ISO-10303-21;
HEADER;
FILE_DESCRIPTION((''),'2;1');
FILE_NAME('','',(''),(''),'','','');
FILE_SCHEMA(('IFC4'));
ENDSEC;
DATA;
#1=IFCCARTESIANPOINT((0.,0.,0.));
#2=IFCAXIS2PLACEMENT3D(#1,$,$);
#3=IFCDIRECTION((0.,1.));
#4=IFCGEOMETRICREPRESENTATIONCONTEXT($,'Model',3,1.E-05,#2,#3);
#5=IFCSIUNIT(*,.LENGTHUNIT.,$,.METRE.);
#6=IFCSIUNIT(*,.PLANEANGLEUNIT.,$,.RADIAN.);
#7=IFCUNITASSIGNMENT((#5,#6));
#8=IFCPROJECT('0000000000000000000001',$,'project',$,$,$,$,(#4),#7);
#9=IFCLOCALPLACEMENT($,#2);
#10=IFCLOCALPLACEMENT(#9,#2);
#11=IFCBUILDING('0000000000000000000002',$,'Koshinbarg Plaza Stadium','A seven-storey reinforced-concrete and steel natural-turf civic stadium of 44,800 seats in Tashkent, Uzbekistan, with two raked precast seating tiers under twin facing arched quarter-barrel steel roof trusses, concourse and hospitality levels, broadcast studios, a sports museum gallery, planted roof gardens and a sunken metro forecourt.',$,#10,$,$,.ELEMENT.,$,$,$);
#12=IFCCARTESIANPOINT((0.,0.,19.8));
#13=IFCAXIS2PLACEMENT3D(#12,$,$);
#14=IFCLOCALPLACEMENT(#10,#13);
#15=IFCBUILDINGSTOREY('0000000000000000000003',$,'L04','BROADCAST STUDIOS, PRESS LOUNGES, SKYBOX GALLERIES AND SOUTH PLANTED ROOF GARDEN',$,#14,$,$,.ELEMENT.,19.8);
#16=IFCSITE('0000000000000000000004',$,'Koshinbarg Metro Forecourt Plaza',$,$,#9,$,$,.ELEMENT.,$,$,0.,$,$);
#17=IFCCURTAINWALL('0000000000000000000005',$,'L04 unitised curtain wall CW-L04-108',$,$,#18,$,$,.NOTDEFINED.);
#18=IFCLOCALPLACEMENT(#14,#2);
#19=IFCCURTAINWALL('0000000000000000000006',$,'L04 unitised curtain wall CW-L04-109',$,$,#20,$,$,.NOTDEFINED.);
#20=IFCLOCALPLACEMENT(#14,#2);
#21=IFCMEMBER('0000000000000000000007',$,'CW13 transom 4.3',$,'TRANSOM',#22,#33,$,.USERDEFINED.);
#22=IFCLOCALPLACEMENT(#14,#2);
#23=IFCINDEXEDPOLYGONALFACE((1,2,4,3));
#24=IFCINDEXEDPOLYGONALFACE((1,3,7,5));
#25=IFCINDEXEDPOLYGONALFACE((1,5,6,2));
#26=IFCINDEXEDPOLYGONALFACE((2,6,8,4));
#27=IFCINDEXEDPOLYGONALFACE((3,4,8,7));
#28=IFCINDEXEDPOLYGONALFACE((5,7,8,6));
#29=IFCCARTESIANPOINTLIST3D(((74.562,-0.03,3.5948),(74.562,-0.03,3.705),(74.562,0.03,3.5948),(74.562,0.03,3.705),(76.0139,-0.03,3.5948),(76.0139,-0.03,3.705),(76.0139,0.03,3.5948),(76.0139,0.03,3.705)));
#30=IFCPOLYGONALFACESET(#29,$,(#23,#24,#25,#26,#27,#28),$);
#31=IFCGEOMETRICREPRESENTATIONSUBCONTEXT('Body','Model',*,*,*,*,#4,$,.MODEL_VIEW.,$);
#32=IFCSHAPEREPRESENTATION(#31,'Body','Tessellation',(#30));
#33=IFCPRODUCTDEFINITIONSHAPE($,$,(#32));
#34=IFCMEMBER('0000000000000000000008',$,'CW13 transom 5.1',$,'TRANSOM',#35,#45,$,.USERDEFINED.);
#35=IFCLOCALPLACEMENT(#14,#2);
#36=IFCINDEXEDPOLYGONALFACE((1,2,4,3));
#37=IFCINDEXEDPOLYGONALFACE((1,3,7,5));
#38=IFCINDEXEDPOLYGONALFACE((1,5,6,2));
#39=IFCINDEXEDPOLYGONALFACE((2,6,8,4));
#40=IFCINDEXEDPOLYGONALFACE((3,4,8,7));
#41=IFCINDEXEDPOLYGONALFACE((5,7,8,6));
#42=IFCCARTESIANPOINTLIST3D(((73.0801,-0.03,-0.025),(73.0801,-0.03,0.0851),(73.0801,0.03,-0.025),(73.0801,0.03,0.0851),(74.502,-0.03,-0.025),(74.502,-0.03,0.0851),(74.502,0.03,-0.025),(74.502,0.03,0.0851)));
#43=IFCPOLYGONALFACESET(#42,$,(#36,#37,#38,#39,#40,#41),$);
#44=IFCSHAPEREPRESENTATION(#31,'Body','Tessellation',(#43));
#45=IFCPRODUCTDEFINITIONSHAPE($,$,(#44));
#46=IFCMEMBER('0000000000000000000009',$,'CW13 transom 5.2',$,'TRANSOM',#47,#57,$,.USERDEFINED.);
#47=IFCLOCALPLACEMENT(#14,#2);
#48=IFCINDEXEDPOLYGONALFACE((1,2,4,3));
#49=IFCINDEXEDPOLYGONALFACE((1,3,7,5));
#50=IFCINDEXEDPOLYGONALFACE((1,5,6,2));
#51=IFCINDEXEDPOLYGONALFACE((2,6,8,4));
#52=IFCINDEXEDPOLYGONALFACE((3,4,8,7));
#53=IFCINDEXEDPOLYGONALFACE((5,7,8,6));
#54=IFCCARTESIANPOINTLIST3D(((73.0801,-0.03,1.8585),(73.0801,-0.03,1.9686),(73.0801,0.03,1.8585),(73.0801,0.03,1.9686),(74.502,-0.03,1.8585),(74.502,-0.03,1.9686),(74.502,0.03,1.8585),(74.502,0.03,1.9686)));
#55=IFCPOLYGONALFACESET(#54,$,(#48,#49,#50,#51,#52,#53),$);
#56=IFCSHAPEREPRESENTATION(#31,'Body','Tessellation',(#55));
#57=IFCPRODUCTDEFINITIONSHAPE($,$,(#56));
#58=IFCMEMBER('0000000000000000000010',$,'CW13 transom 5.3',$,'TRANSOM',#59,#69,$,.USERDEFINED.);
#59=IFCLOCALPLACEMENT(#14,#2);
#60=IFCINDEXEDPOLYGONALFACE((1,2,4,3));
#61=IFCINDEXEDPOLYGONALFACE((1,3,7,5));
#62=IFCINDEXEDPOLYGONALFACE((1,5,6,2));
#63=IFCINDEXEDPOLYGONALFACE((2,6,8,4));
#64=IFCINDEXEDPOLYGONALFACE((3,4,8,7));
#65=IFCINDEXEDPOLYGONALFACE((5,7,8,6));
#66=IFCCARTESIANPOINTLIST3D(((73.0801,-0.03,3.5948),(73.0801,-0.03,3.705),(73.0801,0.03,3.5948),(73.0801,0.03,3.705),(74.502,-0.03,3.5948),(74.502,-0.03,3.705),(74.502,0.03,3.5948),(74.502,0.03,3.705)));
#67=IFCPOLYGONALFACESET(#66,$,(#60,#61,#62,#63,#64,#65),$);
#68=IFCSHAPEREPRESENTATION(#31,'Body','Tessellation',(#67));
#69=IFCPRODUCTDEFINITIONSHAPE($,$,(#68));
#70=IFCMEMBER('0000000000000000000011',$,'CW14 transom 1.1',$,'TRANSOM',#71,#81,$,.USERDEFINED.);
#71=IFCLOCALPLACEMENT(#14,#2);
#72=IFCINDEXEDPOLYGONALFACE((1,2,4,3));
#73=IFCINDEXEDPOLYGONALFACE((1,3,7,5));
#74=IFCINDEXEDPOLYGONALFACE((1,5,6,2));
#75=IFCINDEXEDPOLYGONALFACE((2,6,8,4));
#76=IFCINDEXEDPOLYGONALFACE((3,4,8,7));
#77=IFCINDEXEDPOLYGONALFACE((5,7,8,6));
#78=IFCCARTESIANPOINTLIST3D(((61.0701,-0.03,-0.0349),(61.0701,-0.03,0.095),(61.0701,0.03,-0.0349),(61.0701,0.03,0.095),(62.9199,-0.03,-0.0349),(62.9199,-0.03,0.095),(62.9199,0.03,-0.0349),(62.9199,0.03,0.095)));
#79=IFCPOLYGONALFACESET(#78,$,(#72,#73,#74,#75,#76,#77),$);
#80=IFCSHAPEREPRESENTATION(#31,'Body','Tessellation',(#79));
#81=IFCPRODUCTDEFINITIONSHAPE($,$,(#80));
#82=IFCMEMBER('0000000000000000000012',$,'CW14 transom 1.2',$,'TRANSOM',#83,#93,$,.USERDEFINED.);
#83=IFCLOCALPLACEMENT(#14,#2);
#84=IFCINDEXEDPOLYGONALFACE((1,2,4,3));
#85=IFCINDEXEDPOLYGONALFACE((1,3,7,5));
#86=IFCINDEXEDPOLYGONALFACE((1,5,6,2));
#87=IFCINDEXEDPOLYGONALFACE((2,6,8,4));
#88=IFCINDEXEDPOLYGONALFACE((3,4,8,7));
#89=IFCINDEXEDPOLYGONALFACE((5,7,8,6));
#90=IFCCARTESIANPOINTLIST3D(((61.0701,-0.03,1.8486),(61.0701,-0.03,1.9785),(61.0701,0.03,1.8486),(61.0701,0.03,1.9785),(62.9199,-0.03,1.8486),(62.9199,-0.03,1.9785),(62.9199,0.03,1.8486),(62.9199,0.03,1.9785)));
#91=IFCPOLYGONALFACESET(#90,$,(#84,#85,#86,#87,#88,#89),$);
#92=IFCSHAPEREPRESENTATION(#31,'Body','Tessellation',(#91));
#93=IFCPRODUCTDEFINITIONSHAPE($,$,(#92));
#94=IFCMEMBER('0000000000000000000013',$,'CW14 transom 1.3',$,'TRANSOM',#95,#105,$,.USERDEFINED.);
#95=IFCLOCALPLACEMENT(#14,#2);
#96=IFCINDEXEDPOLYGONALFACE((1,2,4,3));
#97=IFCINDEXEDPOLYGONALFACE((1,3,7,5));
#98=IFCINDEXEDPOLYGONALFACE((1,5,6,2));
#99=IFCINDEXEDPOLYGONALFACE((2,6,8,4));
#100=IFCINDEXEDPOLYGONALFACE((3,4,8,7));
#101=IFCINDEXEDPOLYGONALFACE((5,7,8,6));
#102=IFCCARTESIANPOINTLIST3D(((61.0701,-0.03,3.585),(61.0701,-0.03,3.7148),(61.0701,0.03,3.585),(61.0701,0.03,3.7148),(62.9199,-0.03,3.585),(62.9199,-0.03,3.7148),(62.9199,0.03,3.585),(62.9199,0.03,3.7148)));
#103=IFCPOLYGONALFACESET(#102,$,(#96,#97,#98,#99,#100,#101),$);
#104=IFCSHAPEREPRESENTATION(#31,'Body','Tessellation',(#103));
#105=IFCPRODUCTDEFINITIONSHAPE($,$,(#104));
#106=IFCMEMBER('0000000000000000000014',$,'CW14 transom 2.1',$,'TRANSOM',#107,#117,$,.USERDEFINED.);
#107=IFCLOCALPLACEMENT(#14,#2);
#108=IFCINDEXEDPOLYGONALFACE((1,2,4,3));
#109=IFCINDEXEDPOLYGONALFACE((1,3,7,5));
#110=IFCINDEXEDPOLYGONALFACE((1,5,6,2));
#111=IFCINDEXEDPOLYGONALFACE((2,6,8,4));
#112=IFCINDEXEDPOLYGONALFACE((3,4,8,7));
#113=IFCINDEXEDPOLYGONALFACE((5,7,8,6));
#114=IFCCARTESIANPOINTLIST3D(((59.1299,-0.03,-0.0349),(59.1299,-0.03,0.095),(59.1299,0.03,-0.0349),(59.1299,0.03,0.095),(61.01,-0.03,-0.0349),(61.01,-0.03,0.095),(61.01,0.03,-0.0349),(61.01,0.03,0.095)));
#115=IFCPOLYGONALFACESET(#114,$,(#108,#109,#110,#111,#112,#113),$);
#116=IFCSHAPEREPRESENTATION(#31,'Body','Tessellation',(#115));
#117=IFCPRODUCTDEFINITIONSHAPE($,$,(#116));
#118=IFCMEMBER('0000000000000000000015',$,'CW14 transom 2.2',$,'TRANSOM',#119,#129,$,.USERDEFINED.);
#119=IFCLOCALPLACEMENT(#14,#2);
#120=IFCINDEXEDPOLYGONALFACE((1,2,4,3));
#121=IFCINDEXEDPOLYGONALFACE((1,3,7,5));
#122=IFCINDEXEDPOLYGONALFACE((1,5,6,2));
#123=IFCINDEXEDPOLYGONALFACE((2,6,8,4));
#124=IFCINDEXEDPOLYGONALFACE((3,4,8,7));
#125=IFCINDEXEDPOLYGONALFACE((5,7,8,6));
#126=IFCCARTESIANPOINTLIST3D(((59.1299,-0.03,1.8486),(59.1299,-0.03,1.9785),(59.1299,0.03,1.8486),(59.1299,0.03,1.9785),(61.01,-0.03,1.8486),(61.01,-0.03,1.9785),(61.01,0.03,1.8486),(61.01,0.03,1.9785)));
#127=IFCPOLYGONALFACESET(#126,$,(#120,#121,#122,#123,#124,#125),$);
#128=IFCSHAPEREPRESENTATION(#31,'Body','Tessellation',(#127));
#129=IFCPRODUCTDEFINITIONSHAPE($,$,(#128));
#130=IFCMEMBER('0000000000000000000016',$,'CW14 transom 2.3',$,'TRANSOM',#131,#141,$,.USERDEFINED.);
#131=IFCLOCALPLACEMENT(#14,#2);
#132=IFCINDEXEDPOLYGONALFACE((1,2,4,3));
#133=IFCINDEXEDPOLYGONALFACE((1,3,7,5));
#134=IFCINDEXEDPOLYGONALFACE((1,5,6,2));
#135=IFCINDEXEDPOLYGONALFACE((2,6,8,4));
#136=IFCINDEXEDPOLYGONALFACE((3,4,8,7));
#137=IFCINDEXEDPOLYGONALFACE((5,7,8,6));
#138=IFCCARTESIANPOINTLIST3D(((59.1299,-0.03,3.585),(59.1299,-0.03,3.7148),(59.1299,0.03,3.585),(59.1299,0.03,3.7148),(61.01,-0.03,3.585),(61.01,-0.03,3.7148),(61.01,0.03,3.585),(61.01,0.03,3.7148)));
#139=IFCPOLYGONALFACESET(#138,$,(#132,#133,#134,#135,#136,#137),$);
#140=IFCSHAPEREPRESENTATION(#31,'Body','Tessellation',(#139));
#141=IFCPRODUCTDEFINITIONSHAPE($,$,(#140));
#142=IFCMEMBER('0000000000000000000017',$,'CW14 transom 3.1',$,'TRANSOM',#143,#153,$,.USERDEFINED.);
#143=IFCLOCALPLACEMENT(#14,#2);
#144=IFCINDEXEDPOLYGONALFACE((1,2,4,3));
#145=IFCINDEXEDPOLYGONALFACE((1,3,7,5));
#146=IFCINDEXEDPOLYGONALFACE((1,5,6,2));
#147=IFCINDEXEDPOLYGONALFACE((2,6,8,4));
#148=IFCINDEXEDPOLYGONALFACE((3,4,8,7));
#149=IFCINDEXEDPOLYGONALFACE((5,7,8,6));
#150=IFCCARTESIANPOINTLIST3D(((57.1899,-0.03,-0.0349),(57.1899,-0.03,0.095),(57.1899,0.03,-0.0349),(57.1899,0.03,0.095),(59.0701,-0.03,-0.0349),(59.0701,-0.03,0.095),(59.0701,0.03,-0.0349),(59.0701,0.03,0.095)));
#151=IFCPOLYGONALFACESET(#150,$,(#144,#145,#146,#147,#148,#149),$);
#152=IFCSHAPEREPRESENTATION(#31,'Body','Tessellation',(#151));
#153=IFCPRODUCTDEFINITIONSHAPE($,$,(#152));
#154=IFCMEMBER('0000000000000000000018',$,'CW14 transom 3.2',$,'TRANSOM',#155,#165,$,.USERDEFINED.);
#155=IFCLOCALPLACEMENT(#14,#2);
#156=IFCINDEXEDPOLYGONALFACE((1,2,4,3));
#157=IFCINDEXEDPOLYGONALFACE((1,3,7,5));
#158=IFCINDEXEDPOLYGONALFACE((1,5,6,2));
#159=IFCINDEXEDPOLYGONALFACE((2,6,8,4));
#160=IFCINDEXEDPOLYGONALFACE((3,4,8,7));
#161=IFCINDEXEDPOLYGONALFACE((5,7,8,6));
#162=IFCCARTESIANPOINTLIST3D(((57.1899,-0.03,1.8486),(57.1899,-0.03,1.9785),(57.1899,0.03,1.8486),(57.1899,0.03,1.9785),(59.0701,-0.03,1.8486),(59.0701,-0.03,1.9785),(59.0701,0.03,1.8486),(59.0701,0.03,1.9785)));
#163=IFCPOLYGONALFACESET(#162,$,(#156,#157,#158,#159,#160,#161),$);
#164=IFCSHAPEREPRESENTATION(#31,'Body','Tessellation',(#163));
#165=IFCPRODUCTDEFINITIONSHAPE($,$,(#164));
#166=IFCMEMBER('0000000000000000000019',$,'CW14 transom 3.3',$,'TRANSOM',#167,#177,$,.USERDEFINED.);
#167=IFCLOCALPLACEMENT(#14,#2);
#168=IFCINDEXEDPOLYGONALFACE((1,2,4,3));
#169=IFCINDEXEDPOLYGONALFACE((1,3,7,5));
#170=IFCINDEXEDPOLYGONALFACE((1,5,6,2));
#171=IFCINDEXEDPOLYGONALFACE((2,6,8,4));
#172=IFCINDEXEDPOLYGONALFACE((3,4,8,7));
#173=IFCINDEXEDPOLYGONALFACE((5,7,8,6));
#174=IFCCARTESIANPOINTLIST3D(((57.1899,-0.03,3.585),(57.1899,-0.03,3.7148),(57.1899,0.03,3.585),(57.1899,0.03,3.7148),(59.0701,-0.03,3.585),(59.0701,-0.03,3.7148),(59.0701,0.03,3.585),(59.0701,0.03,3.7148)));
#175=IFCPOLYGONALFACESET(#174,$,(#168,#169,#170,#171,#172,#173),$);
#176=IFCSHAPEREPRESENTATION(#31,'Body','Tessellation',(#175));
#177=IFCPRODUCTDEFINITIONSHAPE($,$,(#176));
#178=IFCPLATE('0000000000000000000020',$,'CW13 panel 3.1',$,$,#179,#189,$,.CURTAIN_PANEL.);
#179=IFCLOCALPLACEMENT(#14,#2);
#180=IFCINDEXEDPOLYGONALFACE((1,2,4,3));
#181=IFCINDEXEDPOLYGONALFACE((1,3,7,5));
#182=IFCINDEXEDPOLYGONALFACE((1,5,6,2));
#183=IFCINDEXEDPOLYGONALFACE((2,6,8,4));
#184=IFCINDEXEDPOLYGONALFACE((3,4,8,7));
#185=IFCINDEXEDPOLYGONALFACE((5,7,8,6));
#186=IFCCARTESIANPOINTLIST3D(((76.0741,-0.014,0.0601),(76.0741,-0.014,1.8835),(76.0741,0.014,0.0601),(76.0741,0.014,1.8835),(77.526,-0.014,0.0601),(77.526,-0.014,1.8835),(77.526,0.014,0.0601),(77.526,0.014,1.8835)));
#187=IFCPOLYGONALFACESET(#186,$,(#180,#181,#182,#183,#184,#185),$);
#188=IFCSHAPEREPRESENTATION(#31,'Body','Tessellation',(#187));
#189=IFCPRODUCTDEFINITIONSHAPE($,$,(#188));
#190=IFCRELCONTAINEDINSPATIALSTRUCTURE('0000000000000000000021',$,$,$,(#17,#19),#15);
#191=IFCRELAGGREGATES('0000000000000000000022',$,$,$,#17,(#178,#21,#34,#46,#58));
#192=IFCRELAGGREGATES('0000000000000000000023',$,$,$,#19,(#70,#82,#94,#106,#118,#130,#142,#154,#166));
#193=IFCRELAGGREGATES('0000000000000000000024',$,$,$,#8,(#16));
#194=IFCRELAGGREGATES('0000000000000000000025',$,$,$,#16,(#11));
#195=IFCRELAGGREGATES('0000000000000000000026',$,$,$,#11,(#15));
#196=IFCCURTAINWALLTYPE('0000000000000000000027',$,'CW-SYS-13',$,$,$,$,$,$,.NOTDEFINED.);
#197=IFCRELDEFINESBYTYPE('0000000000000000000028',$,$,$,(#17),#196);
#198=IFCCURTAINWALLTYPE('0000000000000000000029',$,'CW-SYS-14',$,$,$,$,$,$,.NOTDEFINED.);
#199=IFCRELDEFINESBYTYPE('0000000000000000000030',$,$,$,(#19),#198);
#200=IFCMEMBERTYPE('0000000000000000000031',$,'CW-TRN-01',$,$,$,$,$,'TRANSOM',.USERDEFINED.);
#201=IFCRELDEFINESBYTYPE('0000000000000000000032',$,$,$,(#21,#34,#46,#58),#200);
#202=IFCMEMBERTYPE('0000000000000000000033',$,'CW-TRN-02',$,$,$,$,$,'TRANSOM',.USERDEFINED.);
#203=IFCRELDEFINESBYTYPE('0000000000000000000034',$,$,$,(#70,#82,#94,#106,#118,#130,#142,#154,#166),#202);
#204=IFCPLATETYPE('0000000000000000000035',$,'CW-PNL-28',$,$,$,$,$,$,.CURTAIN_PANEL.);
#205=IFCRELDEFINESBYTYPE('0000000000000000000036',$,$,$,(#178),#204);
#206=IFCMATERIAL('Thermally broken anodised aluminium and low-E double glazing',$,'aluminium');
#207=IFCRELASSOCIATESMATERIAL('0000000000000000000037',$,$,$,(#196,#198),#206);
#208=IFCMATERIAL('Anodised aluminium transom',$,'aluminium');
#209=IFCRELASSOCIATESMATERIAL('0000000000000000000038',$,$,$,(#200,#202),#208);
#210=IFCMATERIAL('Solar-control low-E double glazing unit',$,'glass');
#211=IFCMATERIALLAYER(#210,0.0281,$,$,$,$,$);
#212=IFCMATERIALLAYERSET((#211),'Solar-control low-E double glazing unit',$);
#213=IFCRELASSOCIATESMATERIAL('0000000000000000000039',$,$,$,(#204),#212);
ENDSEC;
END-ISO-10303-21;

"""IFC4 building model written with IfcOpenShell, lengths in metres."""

from ifc_helpers import new_model, si_unit, direction, frame, origin, origin_2d, place, context, subcontext, project, spatial, rectangle, extrude, material, layer, layer_set, material_profile, profile_set, type_object, element, aggregate, save


model = new_model("IFC4")

# Units and contexts
model_context = context("Model", 3, precision=1e-05, world=origin(), true_north=direction((0.0, 1.0)))
body_context = subcontext(model_context, "Body", "Model", "MODEL_VIEW")
ifc_project = project(units=[si_unit("LENGTHUNIT", "METRE"), si_unit("PLANEANGLEUNIT", "RADIAN")], contexts=[model_context])

# Site, building, storey
site_placement = place(None, origin())
site = spatial("IfcSite", under=ifc_project, at=site_placement, Name="Koshinbarg Metro Forecourt Plaza", CompositionType="ELEMENT", RefElevation=0.0)
building_placement = place(site_placement, origin())
building = spatial("IfcBuilding", under=site, at=building_placement, Name="Koshinbarg Plaza Stadium", Description="A seven-storey reinforced-concrete and steel natural-turf civic stadium of 44,800 seats in Tashkent, Uzbekistan, with two raked precast seating tiers under twin facing arched quarter-barrel steel roof trusses, concourse and hospitality levels, broadcast studios, a sports museum gallery, planted roof gardens and a sunken metro forecourt.", CompositionType="ELEMENT")
storey_placement = place(building_placement, frame((0.0, 0.0, 19.8)))
storey = spatial("IfcBuildingStorey", under=building, at=storey_placement, Name="L04", Description="BROADCAST STUDIOS, PRESS LOUNGES, SKYBOX GALLERIES AND SOUTH PLANTED ROOF GARDEN", CompositionType="ELEMENT", Elevation=19.8)

# Curtain walls
ifc_material_1 = material(Name="Thermally broken anodised aluminium and low-E double glazing", Category="aluminium")
curtain_wall_type_1 = type_object("IfcCurtainWallType", Name="CW-SYS-13", PredefinedType="NOTDEFINED", material=ifc_material_1)
curtain_wall_1_placement = place(storey_placement, origin())
curtain_wall_1 = element("IfcCurtainWall", 1, at=curtain_wall_1_placement, inside=storey, type_object=curtain_wall_type_1, Name="L04 unitised curtain wall CW-L04-108", PredefinedType="NOTDEFINED")
curtain_wall_type_2 = type_object("IfcCurtainWallType", Name="CW-SYS-14", PredefinedType="NOTDEFINED", material=ifc_material_1)
curtain_wall_2_placement = place(storey_placement, origin())
curtain_wall_2 = element("IfcCurtainWall", 2, at=curtain_wall_2_placement, inside=storey, type_object=curtain_wall_type_2, Name="L04 unitised curtain wall CW-L04-109", PredefinedType="NOTDEFINED")

# Members
ifc_material_2 = material(Name="Anodised aluminium transom", Category="aluminium")
ifc_material_profile_1 = material_profile(ifc_material_2, rectangle(XDim=0.0601, YDim=0.1101, at=origin_2d()), Name="ALU 60x110")
ifc_profile_set_1 = profile_set([ifc_material_profile_1], Name="Anodised aluminium transom")
member_type_1 = type_object("IfcMemberType", Name="CW-TRN-01", ElementType="TRANSOM", PredefinedType="USERDEFINED", material=ifc_profile_set_1)
member_1_placement = place(storey_placement, frame((76.0139, 0.0, 3.6499), z_axis=(-1.0, 0.0, 0.0), x_axis=(0.0, -1.0, 0.0)))
member_1 = element("IfcMember", 3, at=member_1_placement, type_object=member_type_1, Name="CW13 transom 4.3", ObjectType="TRANSOM", PredefinedType="USERDEFINED", context=body_context, shape_type="SweptSolid", body=[
    extrude(rectangle(XDim=0.0601, YDim=0.1101, at=origin_2d()), origin(), (0.0, 0.0, 1.0), 1.4519),
])
member_2_placement = place(storey_placement, frame((74.502, 0.0, 0.03), z_axis=(-1.0, 0.0, 0.0), x_axis=(0.0, -1.0, 0.0)))
member_2 = element("IfcMember", 4, at=member_2_placement, type_object=member_type_1, Name="CW13 transom 5.1", ObjectType="TRANSOM", PredefinedType="USERDEFINED", context=body_context, shape_type="SweptSolid", body=[
    extrude(rectangle(XDim=0.0601, YDim=0.1101, at=origin_2d()), origin(), (0.0, 0.0, 1.0), 1.4219),
])
member_3_placement = place(storey_placement, frame((74.502, 0.0, 1.9136), z_axis=(-1.0, 0.0, 0.0), x_axis=(0.0, -1.0, 0.0)))
member_3 = element("IfcMember", 5, at=member_3_placement, type_object=member_type_1, Name="CW13 transom 5.2", ObjectType="TRANSOM", PredefinedType="USERDEFINED", context=body_context, shape_type="SweptSolid", body=[
    extrude(rectangle(XDim=0.0601, YDim=0.1101, at=origin_2d()), origin(), (0.0, 0.0, 1.0), 1.4219),
])
member_4_placement = place(storey_placement, frame((74.502, 0.0, 3.6499), z_axis=(-1.0, 0.0, 0.0), x_axis=(0.0, -1.0, 0.0)))
member_4 = element("IfcMember", 6, at=member_4_placement, type_object=member_type_1, Name="CW13 transom 5.3", ObjectType="TRANSOM", PredefinedType="USERDEFINED", context=body_context, shape_type="SweptSolid", body=[
    extrude(rectangle(XDim=0.0601, YDim=0.1101, at=origin_2d()), origin(), (0.0, 0.0, 1.0), 1.4219),
])
ifc_material_profile_2 = material_profile(ifc_material_2, rectangle(XDim=0.0601, YDim=0.1299, at=origin_2d()), Name="ALU 60x130")
ifc_profile_set_2 = profile_set([ifc_material_profile_2], Name="Anodised aluminium transom")
member_type_2 = type_object("IfcMemberType", Name="CW-TRN-02", ElementType="TRANSOM", PredefinedType="USERDEFINED", material=ifc_profile_set_2)
member_5_placement = place(storey_placement, frame((62.9199, 0.0, 0.03), z_axis=(-1.0, 0.0, 0.0), x_axis=(0.0, -1.0, 0.0)))
member_5 = element("IfcMember", 7, at=member_5_placement, type_object=member_type_2, Name="CW14 transom 1.1", ObjectType="TRANSOM", PredefinedType="USERDEFINED", context=body_context, shape_type="SweptSolid", body=[
    extrude(rectangle(XDim=0.0601, YDim=0.1299, at=origin_2d()), origin(), (0.0, 0.0, 1.0), 1.8499),
])
member_6_placement = place(storey_placement, frame((62.9199, 0.0, 1.9136), z_axis=(-1.0, 0.0, 0.0), x_axis=(0.0, -1.0, 0.0)))
member_6 = element("IfcMember", 8, at=member_6_placement, type_object=member_type_2, Name="CW14 transom 1.2", ObjectType="TRANSOM", PredefinedType="USERDEFINED", context=body_context, shape_type="SweptSolid", body=[
    extrude(rectangle(XDim=0.0601, YDim=0.1299, at=origin_2d()), origin(), (0.0, 0.0, 1.0), 1.8499),
])
member_7_placement = place(storey_placement, frame((62.9199, 0.0, 3.6499), z_axis=(-1.0, 0.0, 0.0), x_axis=(0.0, -1.0, 0.0)))
member_7 = element("IfcMember", 9, at=member_7_placement, type_object=member_type_2, Name="CW14 transom 1.3", ObjectType="TRANSOM", PredefinedType="USERDEFINED", context=body_context, shape_type="SweptSolid", body=[
    extrude(rectangle(XDim=0.0601, YDim=0.1299, at=origin_2d()), origin(), (0.0, 0.0, 1.0), 1.8499),
])
member_8_placement = place(storey_placement, frame((61.01, 0.0, 0.03), z_axis=(-1.0, 0.0, 0.0), x_axis=(0.0, -1.0, 0.0)))
member_8 = element("IfcMember", 10, at=member_8_placement, type_object=member_type_2, Name="CW14 transom 2.1", ObjectType="TRANSOM", PredefinedType="USERDEFINED", context=body_context, shape_type="SweptSolid", body=[
    extrude(rectangle(XDim=0.0601, YDim=0.1299, at=origin_2d()), origin(), (0.0, 0.0, 1.0), 1.8801),
])
member_9_placement = place(storey_placement, frame((61.01, 0.0, 1.9136), z_axis=(-1.0, 0.0, 0.0), x_axis=(0.0, -1.0, 0.0)))
member_9 = element("IfcMember", 11, at=member_9_placement, type_object=member_type_2, Name="CW14 transom 2.2", ObjectType="TRANSOM", PredefinedType="USERDEFINED", context=body_context, shape_type="SweptSolid", body=[
    extrude(rectangle(XDim=0.0601, YDim=0.1299, at=origin_2d()), origin(), (0.0, 0.0, 1.0), 1.8801),
])
member_10_placement = place(storey_placement, frame((61.01, 0.0, 3.6499), z_axis=(-1.0, 0.0, 0.0), x_axis=(0.0, -1.0, 0.0)))
member_10 = element("IfcMember", 12, at=member_10_placement, type_object=member_type_2, Name="CW14 transom 2.3", ObjectType="TRANSOM", PredefinedType="USERDEFINED", context=body_context, shape_type="SweptSolid", body=[
    extrude(rectangle(XDim=0.0601, YDim=0.1299, at=origin_2d()), origin(), (0.0, 0.0, 1.0), 1.8801),
])
member_11_placement = place(storey_placement, frame((59.0701, 0.0, 0.03), z_axis=(-1.0, 0.0, 0.0), x_axis=(0.0, -1.0, 0.0)))
member_11 = element("IfcMember", 13, at=member_11_placement, type_object=member_type_2, Name="CW14 transom 3.1", ObjectType="TRANSOM", PredefinedType="USERDEFINED", context=body_context, shape_type="SweptSolid", body=[
    extrude(rectangle(XDim=0.0601, YDim=0.1299, at=origin_2d()), origin(), (0.0, 0.0, 1.0), 1.8801),
])
member_12_placement = place(storey_placement, frame((59.0701, 0.0, 1.9136), z_axis=(-1.0, 0.0, 0.0), x_axis=(0.0, -1.0, 0.0)))
member_12 = element("IfcMember", 14, at=member_12_placement, type_object=member_type_2, Name="CW14 transom 3.2", ObjectType="TRANSOM", PredefinedType="USERDEFINED", context=body_context, shape_type="SweptSolid", body=[
    extrude(rectangle(XDim=0.0601, YDim=0.1299, at=origin_2d()), origin(), (0.0, 0.0, 1.0), 1.8801),
])
member_13_placement = place(storey_placement, frame((59.0701, 0.0, 3.6499), z_axis=(-1.0, 0.0, 0.0), x_axis=(0.0, -1.0, 0.0)))
member_13 = element("IfcMember", 15, at=member_13_placement, type_object=member_type_2, Name="CW14 transom 3.3", ObjectType="TRANSOM", PredefinedType="USERDEFINED", context=body_context, shape_type="SweptSolid", body=[
    extrude(rectangle(XDim=0.0601, YDim=0.1299, at=origin_2d()), origin(), (0.0, 0.0, 1.0), 1.8801),
])

# Plate
ifc_material_3 = material(Name="Solar-control low-E double glazing unit", Category="glass")
ifc_layer_1 = layer(ifc_material_3, 0.0281)
ifc_layer_set_1 = layer_set([ifc_layer_1], Name="Solar-control low-E double glazing unit")
plate_type_1 = type_object("IfcPlateType", Name="CW-PNL-28", PredefinedType="CURTAIN_PANEL", material=ifc_layer_set_1)
plate_1_placement = place(storey_placement, frame((76.8, 0.0, 0.0601), z_axis=(0.0, 0.0, 1.0), x_axis=(-1.0, 0.0, 0.0)))
plate_1 = element("IfcPlate", 16, at=plate_1_placement, type_object=plate_type_1, Name="CW13 panel 3.1", PredefinedType="CURTAIN_PANEL", context=body_context, shape_type="SweptSolid", body=[
    extrude(rectangle(XDim=1.4519, YDim=0.0281, at=origin_2d()), origin(), (0.0, 0.0, 1.0), 1.8235),
])
aggregate(curtain_wall_1, [plate_1, member_1, member_2, member_3, member_4])
aggregate(curtain_wall_2, [member_5, member_6, member_7, member_8, member_9, member_10, member_11, member_12, member_13])

save(model, "model.ifc")
